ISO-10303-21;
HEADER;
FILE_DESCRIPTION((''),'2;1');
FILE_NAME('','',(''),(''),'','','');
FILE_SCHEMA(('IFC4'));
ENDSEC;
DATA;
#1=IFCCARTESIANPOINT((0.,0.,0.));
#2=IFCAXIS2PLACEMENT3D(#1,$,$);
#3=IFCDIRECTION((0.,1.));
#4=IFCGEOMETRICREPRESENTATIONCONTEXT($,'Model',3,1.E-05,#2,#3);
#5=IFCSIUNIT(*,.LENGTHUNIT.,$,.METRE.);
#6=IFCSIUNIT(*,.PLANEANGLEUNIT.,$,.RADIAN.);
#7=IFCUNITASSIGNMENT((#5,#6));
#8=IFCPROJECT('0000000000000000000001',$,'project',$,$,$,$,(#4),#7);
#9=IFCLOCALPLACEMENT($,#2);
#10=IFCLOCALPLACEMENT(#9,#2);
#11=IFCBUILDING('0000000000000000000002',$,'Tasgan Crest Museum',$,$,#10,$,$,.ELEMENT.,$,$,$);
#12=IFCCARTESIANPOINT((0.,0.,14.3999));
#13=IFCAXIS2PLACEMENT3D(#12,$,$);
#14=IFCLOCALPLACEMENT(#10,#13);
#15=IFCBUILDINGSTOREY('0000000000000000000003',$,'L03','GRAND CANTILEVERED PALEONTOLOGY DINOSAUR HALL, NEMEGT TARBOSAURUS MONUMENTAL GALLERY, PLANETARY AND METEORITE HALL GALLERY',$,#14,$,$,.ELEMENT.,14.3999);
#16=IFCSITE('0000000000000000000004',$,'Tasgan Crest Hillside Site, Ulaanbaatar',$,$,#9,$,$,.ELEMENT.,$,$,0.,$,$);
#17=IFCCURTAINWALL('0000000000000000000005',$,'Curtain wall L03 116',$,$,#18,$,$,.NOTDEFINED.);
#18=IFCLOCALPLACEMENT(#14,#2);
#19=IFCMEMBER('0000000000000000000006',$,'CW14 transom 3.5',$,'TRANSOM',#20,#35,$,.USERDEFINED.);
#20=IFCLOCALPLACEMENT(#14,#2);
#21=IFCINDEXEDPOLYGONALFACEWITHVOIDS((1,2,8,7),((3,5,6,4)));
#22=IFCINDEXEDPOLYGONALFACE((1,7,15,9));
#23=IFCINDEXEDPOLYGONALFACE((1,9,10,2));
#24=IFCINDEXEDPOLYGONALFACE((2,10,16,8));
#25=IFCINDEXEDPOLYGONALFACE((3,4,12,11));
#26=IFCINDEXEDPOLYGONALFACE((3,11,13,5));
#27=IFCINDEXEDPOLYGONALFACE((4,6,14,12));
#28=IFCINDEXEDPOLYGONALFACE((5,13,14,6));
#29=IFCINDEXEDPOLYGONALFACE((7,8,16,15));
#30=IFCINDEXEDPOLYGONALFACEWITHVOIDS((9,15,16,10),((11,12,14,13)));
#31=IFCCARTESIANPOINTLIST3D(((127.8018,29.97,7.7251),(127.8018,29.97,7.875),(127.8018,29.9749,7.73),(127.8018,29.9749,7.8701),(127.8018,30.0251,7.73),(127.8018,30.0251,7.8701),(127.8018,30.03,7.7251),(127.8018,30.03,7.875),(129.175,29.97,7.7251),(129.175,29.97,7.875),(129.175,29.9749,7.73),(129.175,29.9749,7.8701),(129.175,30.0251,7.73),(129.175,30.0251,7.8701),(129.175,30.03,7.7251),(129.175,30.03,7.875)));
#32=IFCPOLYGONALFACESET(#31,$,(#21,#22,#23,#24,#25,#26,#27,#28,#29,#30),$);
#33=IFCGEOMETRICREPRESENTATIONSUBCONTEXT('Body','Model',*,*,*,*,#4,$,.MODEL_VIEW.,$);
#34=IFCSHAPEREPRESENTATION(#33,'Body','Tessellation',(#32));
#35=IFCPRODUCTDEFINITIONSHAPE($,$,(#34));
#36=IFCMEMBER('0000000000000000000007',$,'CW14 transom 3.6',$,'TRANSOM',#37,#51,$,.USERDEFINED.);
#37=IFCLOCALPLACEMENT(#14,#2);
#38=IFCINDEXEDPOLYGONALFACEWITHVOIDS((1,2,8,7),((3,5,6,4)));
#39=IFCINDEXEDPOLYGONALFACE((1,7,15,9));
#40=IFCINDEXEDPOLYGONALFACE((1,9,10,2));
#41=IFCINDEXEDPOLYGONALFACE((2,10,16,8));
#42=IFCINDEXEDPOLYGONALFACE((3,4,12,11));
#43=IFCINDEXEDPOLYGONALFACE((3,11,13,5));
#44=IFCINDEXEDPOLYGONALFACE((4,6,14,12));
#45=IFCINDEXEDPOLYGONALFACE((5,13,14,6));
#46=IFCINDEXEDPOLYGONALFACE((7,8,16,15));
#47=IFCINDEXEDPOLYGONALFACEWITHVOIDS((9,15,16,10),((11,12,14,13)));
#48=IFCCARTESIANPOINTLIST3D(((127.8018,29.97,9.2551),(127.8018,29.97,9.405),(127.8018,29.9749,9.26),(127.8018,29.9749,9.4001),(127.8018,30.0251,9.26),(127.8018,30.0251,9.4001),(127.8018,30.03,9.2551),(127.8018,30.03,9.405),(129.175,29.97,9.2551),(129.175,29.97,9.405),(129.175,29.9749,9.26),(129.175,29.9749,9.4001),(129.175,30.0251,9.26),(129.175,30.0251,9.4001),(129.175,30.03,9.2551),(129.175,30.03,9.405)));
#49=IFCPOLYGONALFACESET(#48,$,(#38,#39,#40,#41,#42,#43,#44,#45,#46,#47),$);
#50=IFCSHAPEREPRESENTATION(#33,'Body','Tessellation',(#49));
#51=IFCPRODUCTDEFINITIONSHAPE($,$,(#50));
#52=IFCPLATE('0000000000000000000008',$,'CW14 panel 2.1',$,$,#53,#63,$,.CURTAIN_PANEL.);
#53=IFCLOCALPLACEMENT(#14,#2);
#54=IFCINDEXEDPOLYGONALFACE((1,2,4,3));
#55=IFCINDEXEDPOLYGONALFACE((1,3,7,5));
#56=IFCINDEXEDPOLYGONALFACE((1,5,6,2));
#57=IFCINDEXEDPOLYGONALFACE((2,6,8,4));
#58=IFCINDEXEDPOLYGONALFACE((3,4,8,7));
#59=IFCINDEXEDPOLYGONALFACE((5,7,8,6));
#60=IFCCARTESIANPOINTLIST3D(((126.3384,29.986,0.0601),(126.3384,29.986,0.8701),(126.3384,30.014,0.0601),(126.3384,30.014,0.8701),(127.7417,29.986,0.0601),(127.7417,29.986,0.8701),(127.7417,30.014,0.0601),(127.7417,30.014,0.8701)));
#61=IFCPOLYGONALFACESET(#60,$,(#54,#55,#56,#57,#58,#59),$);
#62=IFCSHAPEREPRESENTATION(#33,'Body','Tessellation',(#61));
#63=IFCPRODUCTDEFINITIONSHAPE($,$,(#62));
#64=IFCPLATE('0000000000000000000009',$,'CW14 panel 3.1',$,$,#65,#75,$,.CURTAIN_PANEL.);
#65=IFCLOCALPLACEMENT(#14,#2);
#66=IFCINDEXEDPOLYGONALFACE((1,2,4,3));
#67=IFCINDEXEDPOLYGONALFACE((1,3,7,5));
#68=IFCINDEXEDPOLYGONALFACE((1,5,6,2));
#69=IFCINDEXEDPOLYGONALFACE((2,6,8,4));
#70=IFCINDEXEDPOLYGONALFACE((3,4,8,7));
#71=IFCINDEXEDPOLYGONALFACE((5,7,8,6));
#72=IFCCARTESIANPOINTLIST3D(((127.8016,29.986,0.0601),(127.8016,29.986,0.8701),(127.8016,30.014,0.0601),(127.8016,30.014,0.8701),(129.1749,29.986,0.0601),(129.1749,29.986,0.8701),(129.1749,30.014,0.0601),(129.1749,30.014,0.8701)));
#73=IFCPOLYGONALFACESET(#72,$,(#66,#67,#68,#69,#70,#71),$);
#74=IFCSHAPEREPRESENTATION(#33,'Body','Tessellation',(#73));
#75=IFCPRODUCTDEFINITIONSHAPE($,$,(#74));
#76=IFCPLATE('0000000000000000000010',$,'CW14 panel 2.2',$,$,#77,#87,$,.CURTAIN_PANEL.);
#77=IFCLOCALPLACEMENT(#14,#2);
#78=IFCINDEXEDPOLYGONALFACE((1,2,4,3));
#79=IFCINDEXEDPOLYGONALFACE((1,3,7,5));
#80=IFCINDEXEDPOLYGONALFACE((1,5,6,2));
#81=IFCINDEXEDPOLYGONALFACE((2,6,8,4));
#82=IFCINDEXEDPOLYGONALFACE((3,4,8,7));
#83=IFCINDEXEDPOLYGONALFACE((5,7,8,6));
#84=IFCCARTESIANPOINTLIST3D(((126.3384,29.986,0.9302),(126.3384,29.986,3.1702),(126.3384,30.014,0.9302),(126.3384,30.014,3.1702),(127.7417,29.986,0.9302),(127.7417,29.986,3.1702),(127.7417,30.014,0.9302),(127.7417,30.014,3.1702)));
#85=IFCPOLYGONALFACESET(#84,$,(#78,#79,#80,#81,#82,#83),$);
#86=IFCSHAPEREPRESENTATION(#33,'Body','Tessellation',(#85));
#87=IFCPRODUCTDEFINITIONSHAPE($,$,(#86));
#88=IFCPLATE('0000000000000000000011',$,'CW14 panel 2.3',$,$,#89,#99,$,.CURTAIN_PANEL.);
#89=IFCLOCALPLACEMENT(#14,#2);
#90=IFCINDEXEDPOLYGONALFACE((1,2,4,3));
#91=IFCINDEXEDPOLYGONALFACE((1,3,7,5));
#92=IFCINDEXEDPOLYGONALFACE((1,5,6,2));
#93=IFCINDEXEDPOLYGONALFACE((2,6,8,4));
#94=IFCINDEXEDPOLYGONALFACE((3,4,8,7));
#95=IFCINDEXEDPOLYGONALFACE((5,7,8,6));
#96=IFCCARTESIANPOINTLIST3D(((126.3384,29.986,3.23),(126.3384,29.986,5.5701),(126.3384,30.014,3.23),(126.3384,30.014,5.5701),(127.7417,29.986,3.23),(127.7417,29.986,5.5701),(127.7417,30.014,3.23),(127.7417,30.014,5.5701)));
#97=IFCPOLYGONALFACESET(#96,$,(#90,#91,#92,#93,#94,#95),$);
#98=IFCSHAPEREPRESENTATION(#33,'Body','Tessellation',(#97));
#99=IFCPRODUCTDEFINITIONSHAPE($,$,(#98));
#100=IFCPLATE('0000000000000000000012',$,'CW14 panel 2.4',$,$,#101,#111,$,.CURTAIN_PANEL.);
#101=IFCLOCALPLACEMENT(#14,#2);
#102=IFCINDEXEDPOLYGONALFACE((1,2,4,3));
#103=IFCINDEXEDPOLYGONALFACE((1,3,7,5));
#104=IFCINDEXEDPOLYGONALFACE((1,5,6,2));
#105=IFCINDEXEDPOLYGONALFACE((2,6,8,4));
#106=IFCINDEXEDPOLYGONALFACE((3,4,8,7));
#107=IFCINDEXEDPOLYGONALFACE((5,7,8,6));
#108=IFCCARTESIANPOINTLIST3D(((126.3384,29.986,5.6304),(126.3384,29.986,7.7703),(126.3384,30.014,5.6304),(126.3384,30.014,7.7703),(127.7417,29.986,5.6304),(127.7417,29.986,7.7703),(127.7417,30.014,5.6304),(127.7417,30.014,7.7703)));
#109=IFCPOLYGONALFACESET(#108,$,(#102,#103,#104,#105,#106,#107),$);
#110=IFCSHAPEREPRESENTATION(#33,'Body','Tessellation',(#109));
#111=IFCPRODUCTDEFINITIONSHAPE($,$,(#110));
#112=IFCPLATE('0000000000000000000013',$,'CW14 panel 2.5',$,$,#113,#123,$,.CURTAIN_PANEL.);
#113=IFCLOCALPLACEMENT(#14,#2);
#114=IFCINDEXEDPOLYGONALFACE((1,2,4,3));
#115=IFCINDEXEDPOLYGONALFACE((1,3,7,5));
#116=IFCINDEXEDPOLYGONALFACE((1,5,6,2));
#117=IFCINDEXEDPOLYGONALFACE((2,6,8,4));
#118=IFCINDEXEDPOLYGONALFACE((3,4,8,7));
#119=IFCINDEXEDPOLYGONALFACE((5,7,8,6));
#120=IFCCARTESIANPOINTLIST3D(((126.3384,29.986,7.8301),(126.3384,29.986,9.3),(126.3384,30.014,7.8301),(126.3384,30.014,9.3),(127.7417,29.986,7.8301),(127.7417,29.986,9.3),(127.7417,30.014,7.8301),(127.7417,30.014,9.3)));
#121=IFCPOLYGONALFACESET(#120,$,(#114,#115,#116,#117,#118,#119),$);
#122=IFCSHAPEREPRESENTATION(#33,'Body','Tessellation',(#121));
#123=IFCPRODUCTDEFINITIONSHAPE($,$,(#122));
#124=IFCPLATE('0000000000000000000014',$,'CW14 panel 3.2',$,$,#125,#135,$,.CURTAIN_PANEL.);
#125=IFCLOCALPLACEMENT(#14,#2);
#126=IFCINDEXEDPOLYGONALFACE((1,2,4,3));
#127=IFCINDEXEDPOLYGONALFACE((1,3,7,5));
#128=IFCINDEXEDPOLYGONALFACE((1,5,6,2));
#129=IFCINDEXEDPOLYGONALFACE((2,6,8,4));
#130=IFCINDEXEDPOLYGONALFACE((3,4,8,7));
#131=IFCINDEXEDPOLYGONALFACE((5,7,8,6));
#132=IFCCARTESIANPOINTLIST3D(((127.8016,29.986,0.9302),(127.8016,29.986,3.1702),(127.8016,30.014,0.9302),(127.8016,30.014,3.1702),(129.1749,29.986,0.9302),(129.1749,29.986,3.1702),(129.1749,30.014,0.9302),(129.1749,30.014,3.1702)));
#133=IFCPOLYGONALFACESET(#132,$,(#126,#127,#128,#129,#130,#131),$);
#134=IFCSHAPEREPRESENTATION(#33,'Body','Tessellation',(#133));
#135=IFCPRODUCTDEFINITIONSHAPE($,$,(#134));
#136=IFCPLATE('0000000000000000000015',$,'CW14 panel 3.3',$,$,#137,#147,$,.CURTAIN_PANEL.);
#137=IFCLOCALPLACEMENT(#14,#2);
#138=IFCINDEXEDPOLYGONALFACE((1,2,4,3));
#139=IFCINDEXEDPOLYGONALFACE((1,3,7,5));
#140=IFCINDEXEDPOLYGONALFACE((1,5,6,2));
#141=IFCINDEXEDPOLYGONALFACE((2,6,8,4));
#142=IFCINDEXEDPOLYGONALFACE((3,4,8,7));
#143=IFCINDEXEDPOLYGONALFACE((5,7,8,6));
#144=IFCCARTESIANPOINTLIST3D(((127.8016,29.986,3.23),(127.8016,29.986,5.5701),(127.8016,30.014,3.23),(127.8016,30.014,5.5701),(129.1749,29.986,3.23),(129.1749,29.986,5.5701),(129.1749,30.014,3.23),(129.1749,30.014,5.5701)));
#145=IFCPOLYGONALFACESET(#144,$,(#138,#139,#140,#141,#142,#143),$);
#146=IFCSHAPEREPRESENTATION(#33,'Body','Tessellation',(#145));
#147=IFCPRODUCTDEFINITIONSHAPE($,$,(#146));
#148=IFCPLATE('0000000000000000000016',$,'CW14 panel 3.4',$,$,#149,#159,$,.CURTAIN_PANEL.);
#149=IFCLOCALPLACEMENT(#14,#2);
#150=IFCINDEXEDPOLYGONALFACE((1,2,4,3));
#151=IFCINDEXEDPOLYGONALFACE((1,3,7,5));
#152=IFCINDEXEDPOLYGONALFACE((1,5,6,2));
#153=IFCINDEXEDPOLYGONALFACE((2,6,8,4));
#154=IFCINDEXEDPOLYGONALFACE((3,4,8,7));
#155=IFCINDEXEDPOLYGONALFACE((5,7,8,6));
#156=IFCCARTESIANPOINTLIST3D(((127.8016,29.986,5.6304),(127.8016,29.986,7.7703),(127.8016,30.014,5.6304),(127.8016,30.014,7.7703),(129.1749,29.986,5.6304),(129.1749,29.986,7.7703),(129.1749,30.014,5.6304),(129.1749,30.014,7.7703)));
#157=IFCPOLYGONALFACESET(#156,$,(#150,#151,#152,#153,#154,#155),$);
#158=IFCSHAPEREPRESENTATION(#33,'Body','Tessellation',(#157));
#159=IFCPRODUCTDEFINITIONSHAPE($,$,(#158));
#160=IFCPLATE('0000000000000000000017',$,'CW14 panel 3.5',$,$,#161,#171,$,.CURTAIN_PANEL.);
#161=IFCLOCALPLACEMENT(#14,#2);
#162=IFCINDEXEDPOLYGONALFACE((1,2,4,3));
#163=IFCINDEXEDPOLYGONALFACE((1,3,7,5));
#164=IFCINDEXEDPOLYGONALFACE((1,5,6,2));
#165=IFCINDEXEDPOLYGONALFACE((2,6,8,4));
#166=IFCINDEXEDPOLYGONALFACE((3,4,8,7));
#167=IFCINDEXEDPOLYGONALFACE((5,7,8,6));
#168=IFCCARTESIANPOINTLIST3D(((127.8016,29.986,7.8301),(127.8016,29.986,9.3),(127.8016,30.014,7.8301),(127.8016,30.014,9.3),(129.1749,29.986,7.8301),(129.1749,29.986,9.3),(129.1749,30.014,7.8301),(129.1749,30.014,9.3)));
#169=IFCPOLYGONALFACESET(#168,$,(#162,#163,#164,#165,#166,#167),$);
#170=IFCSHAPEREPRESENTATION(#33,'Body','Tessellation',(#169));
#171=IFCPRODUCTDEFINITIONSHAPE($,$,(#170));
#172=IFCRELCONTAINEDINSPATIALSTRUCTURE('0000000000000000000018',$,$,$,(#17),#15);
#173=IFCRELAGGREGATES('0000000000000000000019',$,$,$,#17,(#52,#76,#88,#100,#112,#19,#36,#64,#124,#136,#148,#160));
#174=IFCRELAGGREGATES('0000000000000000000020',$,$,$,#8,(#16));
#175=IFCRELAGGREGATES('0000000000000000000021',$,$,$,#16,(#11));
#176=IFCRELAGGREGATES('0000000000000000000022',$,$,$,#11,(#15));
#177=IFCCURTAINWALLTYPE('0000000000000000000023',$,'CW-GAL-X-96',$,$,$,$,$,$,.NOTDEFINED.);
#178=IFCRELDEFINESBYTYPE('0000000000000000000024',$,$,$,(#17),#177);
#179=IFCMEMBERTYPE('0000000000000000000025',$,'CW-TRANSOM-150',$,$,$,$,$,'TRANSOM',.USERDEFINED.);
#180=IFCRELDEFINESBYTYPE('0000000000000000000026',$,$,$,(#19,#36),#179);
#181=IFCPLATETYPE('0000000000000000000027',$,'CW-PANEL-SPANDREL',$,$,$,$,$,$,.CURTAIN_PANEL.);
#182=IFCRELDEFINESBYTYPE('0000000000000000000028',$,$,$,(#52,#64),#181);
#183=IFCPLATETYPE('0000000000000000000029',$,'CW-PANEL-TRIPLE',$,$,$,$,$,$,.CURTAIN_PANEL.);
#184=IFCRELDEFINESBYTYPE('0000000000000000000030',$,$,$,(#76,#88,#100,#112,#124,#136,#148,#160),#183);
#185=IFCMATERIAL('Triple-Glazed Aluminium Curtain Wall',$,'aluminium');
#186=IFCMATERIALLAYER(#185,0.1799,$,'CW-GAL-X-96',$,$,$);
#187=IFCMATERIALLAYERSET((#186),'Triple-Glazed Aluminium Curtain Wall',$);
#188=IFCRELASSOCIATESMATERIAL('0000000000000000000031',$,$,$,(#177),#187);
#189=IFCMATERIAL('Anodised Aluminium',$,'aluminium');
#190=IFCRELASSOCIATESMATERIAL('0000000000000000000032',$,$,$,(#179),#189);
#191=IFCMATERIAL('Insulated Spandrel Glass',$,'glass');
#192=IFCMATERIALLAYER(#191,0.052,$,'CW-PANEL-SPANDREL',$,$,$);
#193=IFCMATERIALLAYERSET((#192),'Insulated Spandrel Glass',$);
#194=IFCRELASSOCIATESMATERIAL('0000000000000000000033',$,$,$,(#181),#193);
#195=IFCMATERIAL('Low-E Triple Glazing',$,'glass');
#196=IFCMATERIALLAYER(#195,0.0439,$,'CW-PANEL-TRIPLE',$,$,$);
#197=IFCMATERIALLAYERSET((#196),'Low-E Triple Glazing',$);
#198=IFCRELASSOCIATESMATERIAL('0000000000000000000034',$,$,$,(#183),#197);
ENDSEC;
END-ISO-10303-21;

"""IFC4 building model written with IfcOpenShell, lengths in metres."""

from ifc_helpers import new_model, si_unit, direction, frame, origin, origin_2d, place, context, subcontext, project, spatial, rectangle, hollow_rectangle, extrude, material, layer, layer_set, material_profile, profile_set, type_object, element, aggregate, save


model = new_model("IFC4")

# Units and contexts
model_context = context("Model", 3, precision=1e-05, world=origin(), true_north=direction((0.0, 1.0)))
body_context = subcontext(model_context, "Body", "Model", "MODEL_VIEW")
ifc_project = project(units=[si_unit("LENGTHUNIT", "METRE"), si_unit("PLANEANGLEUNIT", "RADIAN")], contexts=[model_context])

# Site, building, storey
site_placement = place(None, origin())
site = spatial("IfcSite", under=ifc_project, at=site_placement, Name="Tasgan Crest Hillside Site, Ulaanbaatar", CompositionType="ELEMENT", RefElevation=0.0)
building_placement = place(site_placement, origin())
building = spatial("IfcBuilding", under=site, at=building_placement, Name="Tasgan Crest Museum", CompositionType="ELEMENT")
storey_placement = place(building_placement, frame((0.0, 0.0, 14.3999)))
storey = spatial("IfcBuildingStorey", under=building, at=storey_placement, Name="L03", Description="GRAND CANTILEVERED PALEONTOLOGY DINOSAUR HALL, NEMEGT TARBOSAURUS MONUMENTAL GALLERY, PLANETARY AND METEORITE HALL GALLERY", CompositionType="ELEMENT", Elevation=14.3999)

# Curtain wall, members, plates
ifc_material_1 = material(Name="Triple-Glazed Aluminium Curtain Wall", Category="aluminium")
ifc_layer_1 = layer(ifc_material_1, 0.1799, Name="CW-GAL-X-96")
ifc_layer_set_1 = layer_set([ifc_layer_1], Name="Triple-Glazed Aluminium Curtain Wall")
curtain_wall_type = type_object("IfcCurtainWallType", Name="CW-GAL-X-96", PredefinedType="NOTDEFINED", material=ifc_layer_set_1)
curtain_wall_placement = place(storey_placement, origin())
curtain_wall = element("IfcCurtainWall", 1, at=curtain_wall_placement, inside=storey, type_object=curtain_wall_type, Name="Curtain wall L03 116", PredefinedType="NOTDEFINED")
ifc_material_2 = material(Name="Anodised Aluminium", Category="aluminium")
ifc_material_profile_1 = material_profile(ifc_material_2, hollow_rectangle(XDim=0.0601, YDim=0.1499, WallThickness=0.0049, at=origin_2d()), Name="ALU TRANSOM 150x60x5")
ifc_profile_set_1 = profile_set([ifc_material_profile_1], Name="Anodised Aluminium")
member_type_1 = type_object("IfcMemberType", Name="CW-TRANSOM-150", ElementType="TRANSOM", PredefinedType="USERDEFINED", material=ifc_profile_set_1)
member_1_placement = place(storey_placement, frame((127.8018, 30.0, 7.8), z_axis=(1.0, 0.0, 0.0), x_axis=(0.0, 1.0, 0.0)))
member_1 = element("IfcMember", 2, at=member_1_placement, type_object=member_type_1, Name="CW14 transom 3.5", ObjectType="TRANSOM", PredefinedType="USERDEFINED", context=body_context, shape_type="SweptSolid", body=[
    extrude(hollow_rectangle(XDim=0.0601, YDim=0.1499, WallThickness=0.0049, at=origin_2d()), origin(), (0.0, 0.0, 1.0), 1.3733),
])
member_2_placement = place(storey_placement, frame((127.8018, 30.0, 9.3301), z_axis=(1.0, 0.0, 0.0), x_axis=(0.0, 1.0, 0.0)))
member_2 = element("IfcMember", 3, at=member_2_placement, type_object=member_type_1, Name="CW14 transom 3.6", ObjectType="TRANSOM", PredefinedType="USERDEFINED", context=body_context, shape_type="SweptSolid", body=[
    extrude(hollow_rectangle(XDim=0.0601, YDim=0.1499, WallThickness=0.0049, at=origin_2d()), origin(), (0.0, 0.0, 1.0), 1.3733),
])
ifc_material_3 = material(Name="Insulated Spandrel Glass", Category="glass")
ifc_layer_2 = layer(ifc_material_3, 0.052, Name="CW-PANEL-SPANDREL")
ifc_layer_set_2 = layer_set([ifc_layer_2], Name="Insulated Spandrel Glass")
plate_type_1 = type_object("IfcPlateType", Name="CW-PANEL-SPANDREL", PredefinedType="CURTAIN_PANEL", material=ifc_layer_set_2)
plate_1_placement = place(storey_placement, frame((127.04, 30.0, 0.0601), z_axis=(0.0, 0.0, 1.0), x_axis=(1.0, 0.0, 0.0)))
plate_1 = element("IfcPlate", 4, at=plate_1_placement, type_object=plate_type_1, Name="CW14 panel 2.1", PredefinedType="CURTAIN_PANEL", context=body_context, shape_type="SweptSolid", body=[
    extrude(rectangle(XDim=1.4033, YDim=0.0281, at=origin_2d()), origin(), (0.0, 0.0, 1.0), 0.8101),
])
plate_2_placement = place(storey_placement, frame((128.4883, 30.0, 0.0601), z_axis=(0.0, 0.0, 1.0), x_axis=(1.0, 0.0, 0.0)))
plate_2 = element("IfcPlate", 5, at=plate_2_placement, type_object=plate_type_1, Name="CW14 panel 3.1", PredefinedType="CURTAIN_PANEL", context=body_context, shape_type="SweptSolid", body=[
    extrude(rectangle(XDim=1.3733, YDim=0.0281, at=origin_2d()), origin(), (0.0, 0.0, 1.0), 0.8101),
])
ifc_material_4 = material(Name="Low-E Triple Glazing", Category="glass")
ifc_layer_3 = layer(ifc_material_4, 0.0439, Name="CW-PANEL-TRIPLE")
ifc_layer_set_3 = layer_set([ifc_layer_3], Name="Low-E Triple Glazing")
plate_type_2 = type_object("IfcPlateType", Name="CW-PANEL-TRIPLE", PredefinedType="CURTAIN_PANEL", material=ifc_layer_set_3)
plate_3_placement = place(storey_placement, frame((127.04, 30.0, 0.9302), z_axis=(0.0, 0.0, 1.0), x_axis=(1.0, 0.0, 0.0)))
plate_3 = element("IfcPlate", 6, at=plate_3_placement, type_object=plate_type_2, Name="CW14 panel 2.2", PredefinedType="CURTAIN_PANEL", context=body_context, shape_type="SweptSolid", body=[
    extrude(rectangle(XDim=1.4033, YDim=0.0281, at=origin_2d()), origin(), (0.0, 0.0, 1.0), 2.24),
])
plate_4_placement = place(storey_placement, frame((127.04, 30.0, 3.23), z_axis=(0.0, 0.0, 1.0), x_axis=(1.0, 0.0, 0.0)))
plate_4 = element("IfcPlate", 7, at=plate_4_placement, type_object=plate_type_2, Name="CW14 panel 2.3", PredefinedType="CURTAIN_PANEL", context=body_context, shape_type="SweptSolid", body=[
    extrude(rectangle(XDim=1.4033, YDim=0.0281, at=origin_2d()), origin(), (0.0, 0.0, 1.0), 2.3401),
])
plate_5_placement = place(storey_placement, frame((127.04, 30.0, 5.6304), z_axis=(0.0, 0.0, 1.0), x_axis=(1.0, 0.0, 0.0)))
plate_5 = element("IfcPlate", 8, at=plate_5_placement, type_object=plate_type_2, Name="CW14 panel 2.4", PredefinedType="CURTAIN_PANEL", context=body_context, shape_type="SweptSolid", body=[
    extrude(rectangle(XDim=1.4033, YDim=0.0281, at=origin_2d()), origin(), (0.0, 0.0, 1.0), 2.1399),
])
plate_6_placement = place(storey_placement, frame((127.04, 30.0, 7.8301), z_axis=(0.0, 0.0, 1.0), x_axis=(1.0, 0.0, 0.0)))
plate_6 = element("IfcPlate", 9, at=plate_6_placement, type_object=plate_type_2, Name="CW14 panel 2.5", PredefinedType="CURTAIN_PANEL", context=body_context, shape_type="SweptSolid", body=[
    extrude(rectangle(XDim=1.4033, YDim=0.0281, at=origin_2d()), origin(), (0.0, 0.0, 1.0), 1.47),
])
plate_7_placement = place(storey_placement, frame((128.4883, 30.0, 0.9302), z_axis=(0.0, 0.0, 1.0), x_axis=(1.0, 0.0, 0.0)))
plate_7 = element("IfcPlate", 10, at=plate_7_placement, type_object=plate_type_2, Name="CW14 panel 3.2", PredefinedType="CURTAIN_PANEL", context=body_context, shape_type="SweptSolid", body=[
    extrude(rectangle(XDim=1.3733, YDim=0.0281, at=origin_2d()), origin(), (0.0, 0.0, 1.0), 2.24),
])
plate_8_placement = place(storey_placement, frame((128.4883, 30.0, 3.23), z_axis=(0.0, 0.0, 1.0), x_axis=(1.0, 0.0, 0.0)))
plate_8 = element("IfcPlate", 11, at=plate_8_placement, type_object=plate_type_2, Name="CW14 panel 3.3", PredefinedType="CURTAIN_PANEL", context=body_context, shape_type="SweptSolid", body=[
    extrude(rectangle(XDim=1.3733, YDim=0.0281, at=origin_2d()), origin(), (0.0, 0.0, 1.0), 2.3401),
])
plate_9_placement = place(storey_placement, frame((128.4883, 30.0, 5.6304), z_axis=(0.0, 0.0, 1.0), x_axis=(1.0, 0.0, 0.0)))
plate_9 = element("IfcPlate", 12, at=plate_9_placement, type_object=plate_type_2, Name="CW14 panel 3.4", PredefinedType="CURTAIN_PANEL", context=body_context, shape_type="SweptSolid", body=[
    extrude(rectangle(XDim=1.3733, YDim=0.0281, at=origin_2d()), origin(), (0.0, 0.0, 1.0), 2.1399),
])
plate_10_placement = place(storey_placement, frame((128.4883, 30.0, 7.8301), z_axis=(0.0, 0.0, 1.0), x_axis=(1.0, 0.0, 0.0)))
plate_10 = element("IfcPlate", 13, at=plate_10_placement, type_object=plate_type_2, Name="CW14 panel 3.5", PredefinedType="CURTAIN_PANEL", context=body_context, shape_type="SweptSolid", body=[
    extrude(rectangle(XDim=1.3733, YDim=0.0281, at=origin_2d()), origin(), (0.0, 0.0, 1.0), 1.47),
])
aggregate(curtain_wall, [plate_1, plate_3, plate_4, plate_5, plate_6, member_1, member_2, plate_2, plate_7, plate_8, plate_9, plate_10])

save(model, "model.ifc")
